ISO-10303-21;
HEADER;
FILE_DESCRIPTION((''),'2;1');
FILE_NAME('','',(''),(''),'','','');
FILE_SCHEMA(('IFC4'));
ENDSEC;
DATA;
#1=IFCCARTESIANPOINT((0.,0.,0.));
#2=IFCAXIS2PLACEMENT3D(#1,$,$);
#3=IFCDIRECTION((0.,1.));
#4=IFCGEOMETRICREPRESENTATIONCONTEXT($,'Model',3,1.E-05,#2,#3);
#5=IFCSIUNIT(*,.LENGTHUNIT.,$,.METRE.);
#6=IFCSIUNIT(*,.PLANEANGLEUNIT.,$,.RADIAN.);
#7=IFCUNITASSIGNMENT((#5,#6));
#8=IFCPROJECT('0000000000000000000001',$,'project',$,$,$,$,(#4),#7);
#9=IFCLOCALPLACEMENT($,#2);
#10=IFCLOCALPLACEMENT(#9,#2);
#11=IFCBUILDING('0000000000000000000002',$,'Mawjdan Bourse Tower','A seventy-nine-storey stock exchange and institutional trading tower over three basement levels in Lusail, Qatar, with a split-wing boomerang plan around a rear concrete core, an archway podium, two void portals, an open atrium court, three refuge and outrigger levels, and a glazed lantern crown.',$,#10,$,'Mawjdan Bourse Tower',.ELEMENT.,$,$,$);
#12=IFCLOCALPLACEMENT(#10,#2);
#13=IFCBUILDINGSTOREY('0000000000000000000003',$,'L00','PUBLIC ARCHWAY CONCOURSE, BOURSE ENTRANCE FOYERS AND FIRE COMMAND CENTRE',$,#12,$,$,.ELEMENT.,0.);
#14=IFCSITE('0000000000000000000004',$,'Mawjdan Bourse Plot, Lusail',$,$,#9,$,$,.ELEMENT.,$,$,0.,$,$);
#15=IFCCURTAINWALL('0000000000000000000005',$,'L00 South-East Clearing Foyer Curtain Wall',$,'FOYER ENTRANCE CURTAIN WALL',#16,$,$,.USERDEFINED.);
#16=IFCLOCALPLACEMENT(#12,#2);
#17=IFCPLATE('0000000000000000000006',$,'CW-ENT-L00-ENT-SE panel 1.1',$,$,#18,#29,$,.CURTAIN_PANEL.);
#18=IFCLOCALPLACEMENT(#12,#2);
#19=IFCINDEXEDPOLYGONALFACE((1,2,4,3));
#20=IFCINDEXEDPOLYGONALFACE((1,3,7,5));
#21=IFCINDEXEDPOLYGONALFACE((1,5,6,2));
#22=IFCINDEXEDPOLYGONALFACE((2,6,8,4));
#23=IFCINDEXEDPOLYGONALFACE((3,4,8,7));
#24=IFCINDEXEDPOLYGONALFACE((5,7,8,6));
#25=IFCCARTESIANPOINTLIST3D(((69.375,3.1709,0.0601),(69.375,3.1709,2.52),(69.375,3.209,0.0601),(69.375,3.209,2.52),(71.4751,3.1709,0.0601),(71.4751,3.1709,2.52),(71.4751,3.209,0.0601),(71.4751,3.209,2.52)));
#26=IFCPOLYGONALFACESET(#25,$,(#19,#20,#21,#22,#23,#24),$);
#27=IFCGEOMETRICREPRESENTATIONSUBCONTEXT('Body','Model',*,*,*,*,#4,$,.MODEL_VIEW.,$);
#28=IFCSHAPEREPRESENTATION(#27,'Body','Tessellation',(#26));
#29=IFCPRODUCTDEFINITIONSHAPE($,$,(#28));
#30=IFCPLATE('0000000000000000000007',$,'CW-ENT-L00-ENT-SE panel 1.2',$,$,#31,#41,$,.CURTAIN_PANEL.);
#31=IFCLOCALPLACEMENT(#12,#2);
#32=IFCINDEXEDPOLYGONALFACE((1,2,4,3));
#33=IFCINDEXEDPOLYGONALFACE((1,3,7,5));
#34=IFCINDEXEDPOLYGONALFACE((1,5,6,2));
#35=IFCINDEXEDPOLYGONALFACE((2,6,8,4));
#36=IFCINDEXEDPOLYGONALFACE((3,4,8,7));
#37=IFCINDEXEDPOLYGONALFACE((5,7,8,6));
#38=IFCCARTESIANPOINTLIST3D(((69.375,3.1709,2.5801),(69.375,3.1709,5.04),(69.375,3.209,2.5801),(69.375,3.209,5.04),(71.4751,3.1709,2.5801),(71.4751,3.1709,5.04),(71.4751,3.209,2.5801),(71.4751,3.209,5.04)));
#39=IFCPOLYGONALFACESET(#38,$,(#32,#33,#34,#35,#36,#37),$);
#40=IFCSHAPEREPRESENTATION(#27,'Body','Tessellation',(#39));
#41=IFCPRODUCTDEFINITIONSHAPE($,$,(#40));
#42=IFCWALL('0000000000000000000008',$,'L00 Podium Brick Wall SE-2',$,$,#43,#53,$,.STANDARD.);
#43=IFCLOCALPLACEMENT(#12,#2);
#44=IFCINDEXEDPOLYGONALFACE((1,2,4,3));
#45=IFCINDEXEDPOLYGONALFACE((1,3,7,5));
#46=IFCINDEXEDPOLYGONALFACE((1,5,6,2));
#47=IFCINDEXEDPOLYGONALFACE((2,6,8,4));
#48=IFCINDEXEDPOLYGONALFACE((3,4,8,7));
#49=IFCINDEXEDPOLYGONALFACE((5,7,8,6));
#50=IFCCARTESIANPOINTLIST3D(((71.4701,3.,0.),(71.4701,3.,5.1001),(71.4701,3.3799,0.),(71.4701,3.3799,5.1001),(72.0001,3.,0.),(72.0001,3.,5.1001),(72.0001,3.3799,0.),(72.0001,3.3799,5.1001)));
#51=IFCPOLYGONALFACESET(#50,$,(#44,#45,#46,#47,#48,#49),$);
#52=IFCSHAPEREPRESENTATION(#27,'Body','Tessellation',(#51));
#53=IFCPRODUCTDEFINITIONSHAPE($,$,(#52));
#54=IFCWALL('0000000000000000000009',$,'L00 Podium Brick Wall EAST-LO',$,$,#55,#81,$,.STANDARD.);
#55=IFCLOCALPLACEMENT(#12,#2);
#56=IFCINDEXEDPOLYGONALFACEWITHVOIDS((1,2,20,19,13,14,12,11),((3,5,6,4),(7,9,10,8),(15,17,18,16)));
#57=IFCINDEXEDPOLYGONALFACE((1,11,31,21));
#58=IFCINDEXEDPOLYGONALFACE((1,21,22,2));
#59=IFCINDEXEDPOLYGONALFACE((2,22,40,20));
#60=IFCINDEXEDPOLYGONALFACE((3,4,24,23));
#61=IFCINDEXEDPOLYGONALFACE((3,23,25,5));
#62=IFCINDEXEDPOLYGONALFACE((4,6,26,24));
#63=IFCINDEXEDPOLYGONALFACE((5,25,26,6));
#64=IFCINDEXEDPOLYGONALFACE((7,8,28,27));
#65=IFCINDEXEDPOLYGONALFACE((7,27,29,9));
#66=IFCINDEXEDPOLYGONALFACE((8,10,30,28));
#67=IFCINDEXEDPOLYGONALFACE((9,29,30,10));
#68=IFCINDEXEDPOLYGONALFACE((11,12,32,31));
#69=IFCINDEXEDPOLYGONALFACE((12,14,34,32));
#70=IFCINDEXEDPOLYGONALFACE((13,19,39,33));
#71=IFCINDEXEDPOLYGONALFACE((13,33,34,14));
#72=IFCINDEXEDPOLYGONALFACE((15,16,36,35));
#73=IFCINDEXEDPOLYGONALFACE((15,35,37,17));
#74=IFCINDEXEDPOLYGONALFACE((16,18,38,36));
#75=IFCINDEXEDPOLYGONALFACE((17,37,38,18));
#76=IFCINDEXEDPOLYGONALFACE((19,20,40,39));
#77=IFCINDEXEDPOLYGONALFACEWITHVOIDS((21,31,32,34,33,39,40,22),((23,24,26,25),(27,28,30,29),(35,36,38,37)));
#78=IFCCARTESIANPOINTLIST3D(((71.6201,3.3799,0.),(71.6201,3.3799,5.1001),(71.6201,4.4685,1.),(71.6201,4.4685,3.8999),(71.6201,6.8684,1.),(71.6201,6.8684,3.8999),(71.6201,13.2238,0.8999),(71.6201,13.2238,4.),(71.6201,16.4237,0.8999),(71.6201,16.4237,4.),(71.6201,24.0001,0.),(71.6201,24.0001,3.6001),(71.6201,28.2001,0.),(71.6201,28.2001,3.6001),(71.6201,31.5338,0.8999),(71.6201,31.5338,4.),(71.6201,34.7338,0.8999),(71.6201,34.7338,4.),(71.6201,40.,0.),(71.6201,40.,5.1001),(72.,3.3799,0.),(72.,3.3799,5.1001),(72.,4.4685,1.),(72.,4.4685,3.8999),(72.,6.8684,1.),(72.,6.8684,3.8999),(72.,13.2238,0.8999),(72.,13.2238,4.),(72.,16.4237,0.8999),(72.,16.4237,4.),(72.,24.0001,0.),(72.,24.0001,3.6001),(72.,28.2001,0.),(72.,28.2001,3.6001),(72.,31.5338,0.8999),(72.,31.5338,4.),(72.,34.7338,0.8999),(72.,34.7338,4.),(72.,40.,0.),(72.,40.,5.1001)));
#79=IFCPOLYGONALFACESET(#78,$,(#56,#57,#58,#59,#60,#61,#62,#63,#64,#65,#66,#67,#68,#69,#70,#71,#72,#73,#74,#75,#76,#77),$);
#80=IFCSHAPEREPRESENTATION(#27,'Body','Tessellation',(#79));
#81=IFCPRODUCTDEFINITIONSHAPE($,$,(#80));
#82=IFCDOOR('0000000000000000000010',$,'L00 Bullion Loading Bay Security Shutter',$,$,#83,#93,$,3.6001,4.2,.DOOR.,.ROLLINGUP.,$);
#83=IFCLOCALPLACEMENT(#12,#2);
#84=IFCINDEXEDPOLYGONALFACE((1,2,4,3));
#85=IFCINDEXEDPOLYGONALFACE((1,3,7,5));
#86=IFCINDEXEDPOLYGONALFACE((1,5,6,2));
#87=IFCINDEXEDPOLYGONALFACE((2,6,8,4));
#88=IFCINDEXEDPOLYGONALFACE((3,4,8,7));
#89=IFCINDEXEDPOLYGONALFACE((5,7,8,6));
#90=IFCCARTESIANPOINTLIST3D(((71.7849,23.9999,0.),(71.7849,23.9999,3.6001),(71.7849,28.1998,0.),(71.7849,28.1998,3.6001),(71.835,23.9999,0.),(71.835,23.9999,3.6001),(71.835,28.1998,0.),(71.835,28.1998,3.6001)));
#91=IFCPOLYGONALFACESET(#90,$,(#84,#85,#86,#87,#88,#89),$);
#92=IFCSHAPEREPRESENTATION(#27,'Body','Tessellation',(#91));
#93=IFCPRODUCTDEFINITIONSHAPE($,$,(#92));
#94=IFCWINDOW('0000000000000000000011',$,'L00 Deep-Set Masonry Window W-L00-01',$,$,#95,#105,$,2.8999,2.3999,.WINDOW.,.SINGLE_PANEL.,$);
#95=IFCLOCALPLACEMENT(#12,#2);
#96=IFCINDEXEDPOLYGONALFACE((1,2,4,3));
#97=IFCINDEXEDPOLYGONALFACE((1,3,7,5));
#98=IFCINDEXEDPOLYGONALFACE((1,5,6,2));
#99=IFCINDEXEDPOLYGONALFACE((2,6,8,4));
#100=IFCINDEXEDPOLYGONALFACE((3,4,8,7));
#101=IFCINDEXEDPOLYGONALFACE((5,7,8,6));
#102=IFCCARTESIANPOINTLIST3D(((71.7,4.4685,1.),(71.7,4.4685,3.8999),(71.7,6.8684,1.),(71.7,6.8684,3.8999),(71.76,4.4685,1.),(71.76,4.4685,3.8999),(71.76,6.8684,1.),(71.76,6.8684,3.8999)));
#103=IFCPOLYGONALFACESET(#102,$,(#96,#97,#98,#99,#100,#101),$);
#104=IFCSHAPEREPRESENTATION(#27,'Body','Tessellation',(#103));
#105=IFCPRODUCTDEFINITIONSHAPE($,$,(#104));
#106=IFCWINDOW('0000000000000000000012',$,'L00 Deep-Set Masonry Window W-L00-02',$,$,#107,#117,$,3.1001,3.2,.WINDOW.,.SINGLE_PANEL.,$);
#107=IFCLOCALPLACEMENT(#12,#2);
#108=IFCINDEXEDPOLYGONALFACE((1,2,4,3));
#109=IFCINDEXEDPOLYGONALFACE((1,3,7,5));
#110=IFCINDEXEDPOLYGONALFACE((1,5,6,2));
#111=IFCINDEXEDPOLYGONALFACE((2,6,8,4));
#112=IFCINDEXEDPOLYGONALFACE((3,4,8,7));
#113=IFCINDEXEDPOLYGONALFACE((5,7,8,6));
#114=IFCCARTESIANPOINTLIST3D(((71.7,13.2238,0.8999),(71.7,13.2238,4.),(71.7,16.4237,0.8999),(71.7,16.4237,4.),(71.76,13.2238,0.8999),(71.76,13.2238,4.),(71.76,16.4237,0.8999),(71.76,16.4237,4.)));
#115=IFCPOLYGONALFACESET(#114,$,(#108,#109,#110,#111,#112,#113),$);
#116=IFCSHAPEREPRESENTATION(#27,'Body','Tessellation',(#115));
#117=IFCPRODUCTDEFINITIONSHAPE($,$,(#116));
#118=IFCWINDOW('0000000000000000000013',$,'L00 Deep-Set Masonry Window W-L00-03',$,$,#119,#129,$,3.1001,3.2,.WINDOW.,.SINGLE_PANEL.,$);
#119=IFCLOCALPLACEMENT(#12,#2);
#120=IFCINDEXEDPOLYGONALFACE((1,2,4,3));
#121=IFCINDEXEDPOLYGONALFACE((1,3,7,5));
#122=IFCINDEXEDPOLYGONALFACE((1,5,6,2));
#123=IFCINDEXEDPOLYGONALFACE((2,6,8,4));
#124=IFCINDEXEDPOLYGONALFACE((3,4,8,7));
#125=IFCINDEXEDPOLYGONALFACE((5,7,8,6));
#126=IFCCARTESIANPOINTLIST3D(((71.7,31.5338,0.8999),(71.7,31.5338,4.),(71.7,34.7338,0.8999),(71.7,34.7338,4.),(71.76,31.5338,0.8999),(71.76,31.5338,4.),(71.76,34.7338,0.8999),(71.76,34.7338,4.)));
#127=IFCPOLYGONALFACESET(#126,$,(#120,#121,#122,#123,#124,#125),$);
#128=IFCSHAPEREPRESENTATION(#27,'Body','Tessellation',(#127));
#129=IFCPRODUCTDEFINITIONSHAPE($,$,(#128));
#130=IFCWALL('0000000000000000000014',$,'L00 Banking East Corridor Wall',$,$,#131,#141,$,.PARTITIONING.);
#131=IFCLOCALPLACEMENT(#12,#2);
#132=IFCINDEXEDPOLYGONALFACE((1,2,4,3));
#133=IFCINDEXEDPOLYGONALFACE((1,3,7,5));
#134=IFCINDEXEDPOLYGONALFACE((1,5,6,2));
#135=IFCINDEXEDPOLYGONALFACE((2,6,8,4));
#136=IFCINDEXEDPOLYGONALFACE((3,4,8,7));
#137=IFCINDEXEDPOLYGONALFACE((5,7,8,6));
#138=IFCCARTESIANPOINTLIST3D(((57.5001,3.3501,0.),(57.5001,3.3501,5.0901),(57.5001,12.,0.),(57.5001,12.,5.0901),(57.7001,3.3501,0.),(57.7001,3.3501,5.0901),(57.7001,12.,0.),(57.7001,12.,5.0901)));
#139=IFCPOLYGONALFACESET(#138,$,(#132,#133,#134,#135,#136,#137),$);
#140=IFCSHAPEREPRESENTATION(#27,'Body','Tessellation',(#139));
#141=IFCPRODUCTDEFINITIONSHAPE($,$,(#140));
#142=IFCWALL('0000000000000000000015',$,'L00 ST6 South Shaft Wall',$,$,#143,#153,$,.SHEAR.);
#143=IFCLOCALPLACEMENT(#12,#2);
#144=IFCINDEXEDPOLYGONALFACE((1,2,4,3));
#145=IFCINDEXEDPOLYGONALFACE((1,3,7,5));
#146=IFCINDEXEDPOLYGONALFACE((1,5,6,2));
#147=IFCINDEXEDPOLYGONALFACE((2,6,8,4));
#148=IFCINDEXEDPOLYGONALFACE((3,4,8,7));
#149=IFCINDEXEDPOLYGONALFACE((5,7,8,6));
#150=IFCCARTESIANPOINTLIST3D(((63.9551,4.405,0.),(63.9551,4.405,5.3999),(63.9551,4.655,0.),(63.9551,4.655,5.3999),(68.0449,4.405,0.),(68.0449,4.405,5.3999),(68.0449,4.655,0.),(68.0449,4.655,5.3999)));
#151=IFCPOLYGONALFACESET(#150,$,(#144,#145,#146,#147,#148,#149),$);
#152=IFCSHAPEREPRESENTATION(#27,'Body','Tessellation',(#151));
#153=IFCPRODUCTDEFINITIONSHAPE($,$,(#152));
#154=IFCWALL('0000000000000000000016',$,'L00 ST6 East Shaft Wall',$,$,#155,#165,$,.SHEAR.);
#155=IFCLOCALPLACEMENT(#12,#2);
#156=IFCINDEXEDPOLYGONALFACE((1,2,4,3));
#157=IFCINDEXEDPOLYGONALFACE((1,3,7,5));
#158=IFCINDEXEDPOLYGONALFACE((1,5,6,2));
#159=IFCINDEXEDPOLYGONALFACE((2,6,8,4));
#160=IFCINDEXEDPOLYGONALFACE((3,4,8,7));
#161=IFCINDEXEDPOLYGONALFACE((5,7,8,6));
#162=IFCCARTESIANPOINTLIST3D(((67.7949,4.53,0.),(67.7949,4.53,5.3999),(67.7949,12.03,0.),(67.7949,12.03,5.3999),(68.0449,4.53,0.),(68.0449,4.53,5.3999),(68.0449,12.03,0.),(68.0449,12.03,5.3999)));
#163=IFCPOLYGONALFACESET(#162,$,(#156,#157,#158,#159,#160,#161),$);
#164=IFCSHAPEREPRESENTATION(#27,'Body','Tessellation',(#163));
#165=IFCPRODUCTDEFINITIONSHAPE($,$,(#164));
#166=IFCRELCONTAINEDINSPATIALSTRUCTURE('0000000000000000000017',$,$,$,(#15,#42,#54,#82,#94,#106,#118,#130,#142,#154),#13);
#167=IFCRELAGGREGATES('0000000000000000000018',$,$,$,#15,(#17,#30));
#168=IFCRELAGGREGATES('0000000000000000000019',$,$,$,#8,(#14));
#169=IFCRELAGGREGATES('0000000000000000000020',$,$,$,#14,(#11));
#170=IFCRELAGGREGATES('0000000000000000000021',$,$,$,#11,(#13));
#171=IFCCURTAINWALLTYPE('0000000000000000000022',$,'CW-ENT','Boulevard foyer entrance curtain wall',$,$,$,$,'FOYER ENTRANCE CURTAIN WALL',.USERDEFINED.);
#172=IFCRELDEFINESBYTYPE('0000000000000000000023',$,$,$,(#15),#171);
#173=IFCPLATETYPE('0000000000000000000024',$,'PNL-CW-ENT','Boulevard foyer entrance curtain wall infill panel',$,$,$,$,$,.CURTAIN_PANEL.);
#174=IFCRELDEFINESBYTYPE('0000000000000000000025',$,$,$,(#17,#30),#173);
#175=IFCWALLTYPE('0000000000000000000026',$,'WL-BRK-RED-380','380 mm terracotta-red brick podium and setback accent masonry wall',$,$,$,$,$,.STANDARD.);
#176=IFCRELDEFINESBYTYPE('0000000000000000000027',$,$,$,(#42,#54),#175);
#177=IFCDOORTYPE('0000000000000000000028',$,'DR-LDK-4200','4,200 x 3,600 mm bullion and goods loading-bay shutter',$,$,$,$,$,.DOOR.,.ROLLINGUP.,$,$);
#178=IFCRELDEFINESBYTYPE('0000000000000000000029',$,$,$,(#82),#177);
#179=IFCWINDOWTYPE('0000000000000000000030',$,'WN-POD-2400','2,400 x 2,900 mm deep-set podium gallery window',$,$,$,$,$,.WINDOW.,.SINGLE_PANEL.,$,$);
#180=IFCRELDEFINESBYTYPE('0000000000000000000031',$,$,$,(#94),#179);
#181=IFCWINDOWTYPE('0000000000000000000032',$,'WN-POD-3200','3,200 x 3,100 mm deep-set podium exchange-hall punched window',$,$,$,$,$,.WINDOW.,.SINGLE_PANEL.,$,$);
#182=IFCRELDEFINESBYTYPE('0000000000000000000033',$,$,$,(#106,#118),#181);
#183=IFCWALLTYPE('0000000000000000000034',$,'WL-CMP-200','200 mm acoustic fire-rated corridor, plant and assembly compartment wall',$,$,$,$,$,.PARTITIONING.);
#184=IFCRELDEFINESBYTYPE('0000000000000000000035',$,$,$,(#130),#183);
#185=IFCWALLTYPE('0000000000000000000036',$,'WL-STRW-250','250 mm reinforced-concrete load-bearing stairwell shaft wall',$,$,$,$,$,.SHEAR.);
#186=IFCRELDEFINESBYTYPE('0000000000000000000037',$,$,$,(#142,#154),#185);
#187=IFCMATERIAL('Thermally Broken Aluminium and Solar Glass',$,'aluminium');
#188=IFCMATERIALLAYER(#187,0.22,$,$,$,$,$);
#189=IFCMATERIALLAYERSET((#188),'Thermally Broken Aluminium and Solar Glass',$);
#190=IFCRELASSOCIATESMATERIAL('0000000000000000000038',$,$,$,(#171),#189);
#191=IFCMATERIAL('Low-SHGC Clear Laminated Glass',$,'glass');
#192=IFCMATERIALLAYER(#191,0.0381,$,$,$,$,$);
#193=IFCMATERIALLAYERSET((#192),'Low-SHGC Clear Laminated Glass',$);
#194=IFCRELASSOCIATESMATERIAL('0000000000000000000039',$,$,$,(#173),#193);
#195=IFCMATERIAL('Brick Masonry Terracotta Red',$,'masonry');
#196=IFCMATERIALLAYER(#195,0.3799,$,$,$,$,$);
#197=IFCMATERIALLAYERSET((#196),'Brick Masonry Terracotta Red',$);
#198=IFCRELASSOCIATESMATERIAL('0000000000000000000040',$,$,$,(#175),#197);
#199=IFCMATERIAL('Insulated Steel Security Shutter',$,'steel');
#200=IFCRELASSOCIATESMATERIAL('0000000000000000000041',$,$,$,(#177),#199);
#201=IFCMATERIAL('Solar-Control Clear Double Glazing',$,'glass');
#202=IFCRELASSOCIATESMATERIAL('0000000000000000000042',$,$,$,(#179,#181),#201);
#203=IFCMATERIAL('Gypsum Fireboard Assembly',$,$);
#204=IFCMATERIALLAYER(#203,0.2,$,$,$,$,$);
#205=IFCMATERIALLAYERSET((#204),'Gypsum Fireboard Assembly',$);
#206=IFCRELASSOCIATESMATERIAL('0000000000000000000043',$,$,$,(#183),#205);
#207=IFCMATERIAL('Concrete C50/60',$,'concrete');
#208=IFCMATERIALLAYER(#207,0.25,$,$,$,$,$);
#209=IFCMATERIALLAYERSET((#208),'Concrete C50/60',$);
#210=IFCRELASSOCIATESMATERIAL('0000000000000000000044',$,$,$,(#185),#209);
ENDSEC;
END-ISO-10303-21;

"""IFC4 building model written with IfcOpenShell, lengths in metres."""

from ifc_helpers import new_model, si_unit, direction, frame, frame_2d, origin, origin_2d, place, context, subcontext, project, spatial, rectangle, extrude, material, layer, layer_set, type_object, element, fill, aggregate, save


model = new_model("IFC4")

# Units and contexts
model_context = context("Model", 3, precision=1e-05, world=origin(), true_north=direction((0.0, 1.0)))
body_context = subcontext(model_context, "Body", "Model", "MODEL_VIEW")
ifc_project = project(units=[si_unit("LENGTHUNIT", "METRE"), si_unit("PLANEANGLEUNIT", "RADIAN")], contexts=[model_context])

# Site, building, storey
site_placement = place(None, origin())
site = spatial("IfcSite", under=ifc_project, at=site_placement, Name="Mawjdan Bourse Plot, Lusail", CompositionType="ELEMENT", RefElevation=0.0)
building_placement = place(site_placement, origin())
building = spatial("IfcBuilding", under=site, at=building_placement, Name="Mawjdan Bourse Tower", Description="A seventy-nine-storey stock exchange and institutional trading tower over three basement levels in Lusail, Qatar, with a split-wing boomerang plan around a rear concrete core, an archway podium, two void portals, an open atrium court, three refuge and outrigger levels, and a glazed lantern crown.", LongName="Mawjdan Bourse Tower", CompositionType="ELEMENT")
storey_placement = place(building_placement, origin())
storey = spatial("IfcBuildingStorey", under=building, at=storey_placement, Name="L00", Description="PUBLIC ARCHWAY CONCOURSE, BOURSE ENTRANCE FOYERS AND FIRE COMMAND CENTRE", CompositionType="ELEMENT", Elevation=0.0)

# Curtain wall, plates
ifc_material_1 = material(Name="Thermally Broken Aluminium and Solar Glass", Category="aluminium")
ifc_layer_1 = layer(ifc_material_1, 0.22)
ifc_layer_set_1 = layer_set([ifc_layer_1], Name="Thermally Broken Aluminium and Solar Glass")
curtain_wall_type = type_object("IfcCurtainWallType", Name="CW-ENT", Description="Boulevard foyer entrance curtain wall", ElementType="FOYER ENTRANCE CURTAIN WALL", PredefinedType="USERDEFINED", material=ifc_layer_set_1)
curtain_wall_placement = place(storey_placement, origin())
curtain_wall = element("IfcCurtainWall", 1, at=curtain_wall_placement, inside=storey, type_object=curtain_wall_type, Name="L00 South-East Clearing Foyer Curtain Wall", ObjectType="FOYER ENTRANCE CURTAIN WALL", PredefinedType="USERDEFINED")
ifc_material_2 = material(Name="Low-SHGC Clear Laminated Glass", Category="glass")
ifc_layer_2 = layer(ifc_material_2, 0.0381)
ifc_layer_set_2 = layer_set([ifc_layer_2], Name="Low-SHGC Clear Laminated Glass")
plate_type = type_object("IfcPlateType", Name="PNL-CW-ENT", Description="Boulevard foyer entrance curtain wall infill panel", PredefinedType="CURTAIN_PANEL", material=ifc_layer_set_2)
plate_1_placement = place(storey_placement, frame((70.425, 3.1899, 0.0601), z_axis=(0.0, 0.0, 1.0), x_axis=(1.0, 0.0, 0.0)))
plate_1 = element("IfcPlate", 2, at=plate_1_placement, type_object=plate_type, Name="CW-ENT-L00-ENT-SE panel 1.1", PredefinedType="CURTAIN_PANEL", context=body_context, shape_type="SweptSolid", body=[
    extrude(rectangle(XDim=2.1001, YDim=0.0381, at=origin_2d()), origin(), (0.0, 0.0, 1.0), 2.46),
])
plate_2_placement = place(storey_placement, frame((70.425, 3.1899, 2.5801), z_axis=(0.0, 0.0, 1.0), x_axis=(1.0, 0.0, 0.0)))
plate_2 = element("IfcPlate", 3, at=plate_2_placement, type_object=plate_type, Name="CW-ENT-L00-ENT-SE panel 1.2", PredefinedType="CURTAIN_PANEL", context=body_context, shape_type="SweptSolid", body=[
    extrude(rectangle(XDim=2.1001, YDim=0.0381, at=origin_2d()), origin(), (0.0, 0.0, 1.0), 2.46),
])
aggregate(curtain_wall, [plate_1, plate_2])

# Wall
ifc_material_3 = material(Name="Brick Masonry Terracotta Red", Category="masonry")
ifc_layer_3 = layer(ifc_material_3, 0.3799)
ifc_layer_set_3 = layer_set([ifc_layer_3], Name="Brick Masonry Terracotta Red")
wall_type_1 = type_object("IfcWallType", Name="WL-BRK-RED-380", Description="380 mm terracotta-red brick podium and setback accent masonry wall", PredefinedType="STANDARD", material=ifc_layer_set_3)
wall_1_placement = place(storey_placement, frame((71.47, 3.1899, 0.0), z_axis=(0.0, 0.0, 1.0), x_axis=(1.0, 0.0, 0.0)))
element("IfcWall", 4, at=wall_1_placement, inside=storey, type_object=wall_type_1, Name="L00 Podium Brick Wall SE-2", PredefinedType="STANDARD", context=body_context, shape_type="SweptSolid", body=[
    extrude(rectangle(XDim=0.53, YDim=0.3799, at=frame_2d((0.2651, 0.0))), origin(), (0.0, 0.0, 1.0), 5.1001),
])

# Wall, openings, door, windows
wall_2_placement = place(storey_placement, frame((71.8101, 3.3799, 0.0), z_axis=(0.0, 0.0, 1.0), x_axis=(0.0, 1.0, 0.0)))
wall_2 = element("IfcWall", 5, at=wall_2_placement, inside=storey, type_object=wall_type_1, Name="L00 Podium Brick Wall EAST-LO", PredefinedType="STANDARD", context=body_context, shape_type="SweptSolid", body=[
    extrude(rectangle(XDim=36.6201, YDim=0.3799, at=frame_2d((18.3101, 0.0))), origin(), (0.0, 0.0, 1.0), 5.1001),
])
opening_1_placement = place(wall_2_placement, frame((20.6201, 0.0, 0.0)))
opening_1 = element("IfcOpeningElement", 6, at=opening_1_placement, cuts=wall_2, PredefinedType="OPENING", context=body_context, shape_type="SweptSolid", body=[
    extrude(rectangle(XDim=4.2, YDim=3.6001, at=frame_2d((2.1001, 1.8))), frame((0.0, 0.2, 0.0), z_axis=(0.0, -1.0, 0.0), x_axis=(1.0, 0.0, 0.0)), (0.0, 0.0, 1.0), 0.3999),
])
opening_2_placement = place(wall_2_placement, frame((1.0886, 0.0, 1.0)))
opening_2 = element("IfcOpeningElement", 7, at=opening_2_placement, cuts=wall_2, PredefinedType="OPENING", context=body_context, shape_type="SweptSolid", body=[
    extrude(rectangle(XDim=2.3999, YDim=2.8999, at=frame_2d((1.2, 1.45))), frame((0.0, 0.2, 0.0), z_axis=(0.0, -1.0, 0.0), x_axis=(1.0, 0.0, 0.0)), (0.0, 0.0, 1.0), 0.3999),
])
opening_3_placement = place(wall_2_placement, frame((9.8438, 0.0, 0.8999)))
opening_3 = element("IfcOpeningElement", 8, at=opening_3_placement, cuts=wall_2, PredefinedType="OPENING", context=body_context, shape_type="SweptSolid", body=[
    extrude(rectangle(XDim=3.2, YDim=3.1001, at=frame_2d((1.6001, 1.55))), frame((0.0, 0.2, 0.0), z_axis=(0.0, -1.0, 0.0), x_axis=(1.0, 0.0, 0.0)), (0.0, 0.0, 1.0), 0.3999),
])
opening_4_placement = place(wall_2_placement, frame((28.1538, 0.0, 0.8999)))
opening_4 = element("IfcOpeningElement", 9, at=opening_4_placement, cuts=wall_2, PredefinedType="OPENING", context=body_context, shape_type="SweptSolid", body=[
    extrude(rectangle(XDim=3.2, YDim=3.1001, at=frame_2d((1.6001, 1.55))), frame((0.0, 0.2, 0.0), z_axis=(0.0, -1.0, 0.0), x_axis=(1.0, 0.0, 0.0)), (0.0, 0.0, 1.0), 0.3999),
])
ifc_material_4 = material(Name="Insulated Steel Security Shutter", Category="steel")
door_type_1 = type_object("IfcDoorType", Name="DR-LDK-4200", Description="4,200 x 3,600 mm bullion and goods loading-bay shutter", OperationType="ROLLINGUP", PredefinedType="DOOR", material=ifc_material_4)
door_1_placement = place(opening_1_placement, frame((4.2, 0.0, 0.0), z_axis=(0.0, 0.0, 1.0), x_axis=(-1.0, 0.0, 0.0)))
door_1 = element("IfcDoor", 10, at=door_1_placement, inside=storey, type_object=door_type_1, Name="L00 Bullion Loading Bay Security Shutter", OperationType="ROLLINGUP", OverallHeight=3.6001, OverallWidth=4.2, PredefinedType="DOOR", context=body_context, shape_type="SweptSolid", body=[
    extrude(rectangle(XDim=4.2, YDim=3.6001, at=frame_2d((2.1001, 1.8))), frame((0.0, 0.0249, 0.0), z_axis=(0.0, -1.0, 0.0), x_axis=(1.0, 0.0, 0.0)), (0.0, 0.0, 1.0), 0.05),
])
fill(opening_1, door_1)
ifc_material_5 = material(Name="Solar-Control Clear Double Glazing", Category="glass")
window_type_1 = type_object("IfcWindowType", Name="WN-POD-2400", Description="2,400 x 2,900 mm deep-set podium gallery window", PartitioningType="SINGLE_PANEL", PredefinedType="WINDOW", material=ifc_material_5)
window_1_placement = place(opening_2_placement, origin())
window_1 = element("IfcWindow", 11, at=window_1_placement, inside=storey, type_object=window_type_1, Name="L00 Deep-Set Masonry Window W-L00-01", OverallHeight=2.8999, OverallWidth=2.3999, PartitioningType="SINGLE_PANEL", PredefinedType="WINDOW", context=body_context, shape_type="SweptSolid", body=[
    extrude(rectangle(XDim=2.3999, YDim=2.8999, at=frame_2d((1.2, 1.45))), frame((0.0, 0.1101, 0.0), z_axis=(0.0, -1.0, 0.0), x_axis=(1.0, 0.0, 0.0)), (0.0, 0.0, 1.0), 0.0601),
])
fill(opening_2, window_1)
window_type_2 = type_object("IfcWindowType", Name="WN-POD-3200", Description="3,200 x 3,100 mm deep-set podium exchange-hall punched window", PartitioningType="SINGLE_PANEL", PredefinedType="WINDOW", material=ifc_material_5)
window_2_placement = place(opening_3_placement, origin())
window_2 = element("IfcWindow", 12, at=window_2_placement, inside=storey, type_object=window_type_2, Name="L00 Deep-Set Masonry Window W-L00-02", OverallHeight=3.1001, OverallWidth=3.2, PartitioningType="SINGLE_PANEL", PredefinedType="WINDOW", context=body_context, shape_type="SweptSolid", body=[
    extrude(rectangle(XDim=3.2, YDim=3.1001, at=frame_2d((1.6001, 1.55))), frame((0.0, 0.1101, 0.0), z_axis=(0.0, -1.0, 0.0), x_axis=(1.0, 0.0, 0.0)), (0.0, 0.0, 1.0), 0.0601),
])
fill(opening_3, window_2)
window_3_placement = place(opening_4_placement, origin())
window_3 = element("IfcWindow", 13, at=window_3_placement, inside=storey, type_object=window_type_2, Name="L00 Deep-Set Masonry Window W-L00-03", OverallHeight=3.1001, OverallWidth=3.2, PartitioningType="SINGLE_PANEL", PredefinedType="WINDOW", context=body_context, shape_type="SweptSolid", body=[
    extrude(rectangle(XDim=3.2, YDim=3.1001, at=frame_2d((1.6001, 1.55))), frame((0.0, 0.1101, 0.0), z_axis=(0.0, -1.0, 0.0), x_axis=(1.0, 0.0, 0.0)), (0.0, 0.0, 1.0), 0.0601),
])
fill(opening_4, window_3)

# Walls
ifc_material_6 = material(Name="Gypsum Fireboard Assembly")
ifc_layer_4 = layer(ifc_material_6, 0.2)
ifc_layer_set_4 = layer_set([ifc_layer_4], Name="Gypsum Fireboard Assembly")
wall_type_2 = type_object("IfcWallType", Name="WL-CMP-200", Description="200 mm acoustic fire-rated corridor, plant and assembly compartment wall", PredefinedType="PARTITIONING", material=ifc_layer_set_4)
wall_3_placement = place(storey_placement, frame((57.6001, 3.3501, 0.0), z_axis=(0.0, 0.0, 1.0), x_axis=(0.0, 1.0, 0.0)))
element("IfcWall", 14, at=wall_3_placement, inside=storey, type_object=wall_type_2, Name="L00 Banking East Corridor Wall", PredefinedType="PARTITIONING", context=body_context, shape_type="SweptSolid", body=[
    extrude(rectangle(XDim=8.6499, YDim=0.2, at=frame_2d((4.325, 0.0))), origin(), (0.0, 0.0, 1.0), 5.0901),
])
ifc_material_7 = material(Name="Concrete C50/60", Category="concrete")
ifc_layer_5 = layer(ifc_material_7, 0.25)
ifc_layer_set_5 = layer_set([ifc_layer_5], Name="Concrete C50/60")
wall_type_3 = type_object("IfcWallType", Name="WL-STRW-250", Description="250 mm reinforced-concrete load-bearing stairwell shaft wall", PredefinedType="SHEAR", material=ifc_layer_set_5)
wall_4_placement = place(storey_placement, frame((63.9551, 4.53, 0.0), z_axis=(0.0, 0.0, 1.0), x_axis=(1.0, 0.0, 0.0)))
element("IfcWall", 15, at=wall_4_placement, inside=storey, type_object=wall_type_3, Name="L00 ST6 South Shaft Wall", PredefinedType="SHEAR", context=body_context, shape_type="SweptSolid", body=[
    extrude(rectangle(XDim=4.0898, YDim=0.25, at=frame_2d((2.0449, 0.0))), origin(), (0.0, 0.0, 1.0), 5.3999),
])
wall_5_placement = place(storey_placement, frame((67.9199, 4.53, 0.0), z_axis=(0.0, 0.0, 1.0), x_axis=(0.0, 1.0, 0.0)))
element("IfcWall", 16, at=wall_5_placement, inside=storey, type_object=wall_type_3, Name="L00 ST6 East Shaft Wall", PredefinedType="SHEAR", context=body_context, shape_type="SweptSolid", body=[
    extrude(rectangle(XDim=7.5, YDim=0.25, at=frame_2d((3.75, 0.0))), origin(), (0.0, 0.0, 1.0), 5.3999),
])

save(model, "model.ifc")
